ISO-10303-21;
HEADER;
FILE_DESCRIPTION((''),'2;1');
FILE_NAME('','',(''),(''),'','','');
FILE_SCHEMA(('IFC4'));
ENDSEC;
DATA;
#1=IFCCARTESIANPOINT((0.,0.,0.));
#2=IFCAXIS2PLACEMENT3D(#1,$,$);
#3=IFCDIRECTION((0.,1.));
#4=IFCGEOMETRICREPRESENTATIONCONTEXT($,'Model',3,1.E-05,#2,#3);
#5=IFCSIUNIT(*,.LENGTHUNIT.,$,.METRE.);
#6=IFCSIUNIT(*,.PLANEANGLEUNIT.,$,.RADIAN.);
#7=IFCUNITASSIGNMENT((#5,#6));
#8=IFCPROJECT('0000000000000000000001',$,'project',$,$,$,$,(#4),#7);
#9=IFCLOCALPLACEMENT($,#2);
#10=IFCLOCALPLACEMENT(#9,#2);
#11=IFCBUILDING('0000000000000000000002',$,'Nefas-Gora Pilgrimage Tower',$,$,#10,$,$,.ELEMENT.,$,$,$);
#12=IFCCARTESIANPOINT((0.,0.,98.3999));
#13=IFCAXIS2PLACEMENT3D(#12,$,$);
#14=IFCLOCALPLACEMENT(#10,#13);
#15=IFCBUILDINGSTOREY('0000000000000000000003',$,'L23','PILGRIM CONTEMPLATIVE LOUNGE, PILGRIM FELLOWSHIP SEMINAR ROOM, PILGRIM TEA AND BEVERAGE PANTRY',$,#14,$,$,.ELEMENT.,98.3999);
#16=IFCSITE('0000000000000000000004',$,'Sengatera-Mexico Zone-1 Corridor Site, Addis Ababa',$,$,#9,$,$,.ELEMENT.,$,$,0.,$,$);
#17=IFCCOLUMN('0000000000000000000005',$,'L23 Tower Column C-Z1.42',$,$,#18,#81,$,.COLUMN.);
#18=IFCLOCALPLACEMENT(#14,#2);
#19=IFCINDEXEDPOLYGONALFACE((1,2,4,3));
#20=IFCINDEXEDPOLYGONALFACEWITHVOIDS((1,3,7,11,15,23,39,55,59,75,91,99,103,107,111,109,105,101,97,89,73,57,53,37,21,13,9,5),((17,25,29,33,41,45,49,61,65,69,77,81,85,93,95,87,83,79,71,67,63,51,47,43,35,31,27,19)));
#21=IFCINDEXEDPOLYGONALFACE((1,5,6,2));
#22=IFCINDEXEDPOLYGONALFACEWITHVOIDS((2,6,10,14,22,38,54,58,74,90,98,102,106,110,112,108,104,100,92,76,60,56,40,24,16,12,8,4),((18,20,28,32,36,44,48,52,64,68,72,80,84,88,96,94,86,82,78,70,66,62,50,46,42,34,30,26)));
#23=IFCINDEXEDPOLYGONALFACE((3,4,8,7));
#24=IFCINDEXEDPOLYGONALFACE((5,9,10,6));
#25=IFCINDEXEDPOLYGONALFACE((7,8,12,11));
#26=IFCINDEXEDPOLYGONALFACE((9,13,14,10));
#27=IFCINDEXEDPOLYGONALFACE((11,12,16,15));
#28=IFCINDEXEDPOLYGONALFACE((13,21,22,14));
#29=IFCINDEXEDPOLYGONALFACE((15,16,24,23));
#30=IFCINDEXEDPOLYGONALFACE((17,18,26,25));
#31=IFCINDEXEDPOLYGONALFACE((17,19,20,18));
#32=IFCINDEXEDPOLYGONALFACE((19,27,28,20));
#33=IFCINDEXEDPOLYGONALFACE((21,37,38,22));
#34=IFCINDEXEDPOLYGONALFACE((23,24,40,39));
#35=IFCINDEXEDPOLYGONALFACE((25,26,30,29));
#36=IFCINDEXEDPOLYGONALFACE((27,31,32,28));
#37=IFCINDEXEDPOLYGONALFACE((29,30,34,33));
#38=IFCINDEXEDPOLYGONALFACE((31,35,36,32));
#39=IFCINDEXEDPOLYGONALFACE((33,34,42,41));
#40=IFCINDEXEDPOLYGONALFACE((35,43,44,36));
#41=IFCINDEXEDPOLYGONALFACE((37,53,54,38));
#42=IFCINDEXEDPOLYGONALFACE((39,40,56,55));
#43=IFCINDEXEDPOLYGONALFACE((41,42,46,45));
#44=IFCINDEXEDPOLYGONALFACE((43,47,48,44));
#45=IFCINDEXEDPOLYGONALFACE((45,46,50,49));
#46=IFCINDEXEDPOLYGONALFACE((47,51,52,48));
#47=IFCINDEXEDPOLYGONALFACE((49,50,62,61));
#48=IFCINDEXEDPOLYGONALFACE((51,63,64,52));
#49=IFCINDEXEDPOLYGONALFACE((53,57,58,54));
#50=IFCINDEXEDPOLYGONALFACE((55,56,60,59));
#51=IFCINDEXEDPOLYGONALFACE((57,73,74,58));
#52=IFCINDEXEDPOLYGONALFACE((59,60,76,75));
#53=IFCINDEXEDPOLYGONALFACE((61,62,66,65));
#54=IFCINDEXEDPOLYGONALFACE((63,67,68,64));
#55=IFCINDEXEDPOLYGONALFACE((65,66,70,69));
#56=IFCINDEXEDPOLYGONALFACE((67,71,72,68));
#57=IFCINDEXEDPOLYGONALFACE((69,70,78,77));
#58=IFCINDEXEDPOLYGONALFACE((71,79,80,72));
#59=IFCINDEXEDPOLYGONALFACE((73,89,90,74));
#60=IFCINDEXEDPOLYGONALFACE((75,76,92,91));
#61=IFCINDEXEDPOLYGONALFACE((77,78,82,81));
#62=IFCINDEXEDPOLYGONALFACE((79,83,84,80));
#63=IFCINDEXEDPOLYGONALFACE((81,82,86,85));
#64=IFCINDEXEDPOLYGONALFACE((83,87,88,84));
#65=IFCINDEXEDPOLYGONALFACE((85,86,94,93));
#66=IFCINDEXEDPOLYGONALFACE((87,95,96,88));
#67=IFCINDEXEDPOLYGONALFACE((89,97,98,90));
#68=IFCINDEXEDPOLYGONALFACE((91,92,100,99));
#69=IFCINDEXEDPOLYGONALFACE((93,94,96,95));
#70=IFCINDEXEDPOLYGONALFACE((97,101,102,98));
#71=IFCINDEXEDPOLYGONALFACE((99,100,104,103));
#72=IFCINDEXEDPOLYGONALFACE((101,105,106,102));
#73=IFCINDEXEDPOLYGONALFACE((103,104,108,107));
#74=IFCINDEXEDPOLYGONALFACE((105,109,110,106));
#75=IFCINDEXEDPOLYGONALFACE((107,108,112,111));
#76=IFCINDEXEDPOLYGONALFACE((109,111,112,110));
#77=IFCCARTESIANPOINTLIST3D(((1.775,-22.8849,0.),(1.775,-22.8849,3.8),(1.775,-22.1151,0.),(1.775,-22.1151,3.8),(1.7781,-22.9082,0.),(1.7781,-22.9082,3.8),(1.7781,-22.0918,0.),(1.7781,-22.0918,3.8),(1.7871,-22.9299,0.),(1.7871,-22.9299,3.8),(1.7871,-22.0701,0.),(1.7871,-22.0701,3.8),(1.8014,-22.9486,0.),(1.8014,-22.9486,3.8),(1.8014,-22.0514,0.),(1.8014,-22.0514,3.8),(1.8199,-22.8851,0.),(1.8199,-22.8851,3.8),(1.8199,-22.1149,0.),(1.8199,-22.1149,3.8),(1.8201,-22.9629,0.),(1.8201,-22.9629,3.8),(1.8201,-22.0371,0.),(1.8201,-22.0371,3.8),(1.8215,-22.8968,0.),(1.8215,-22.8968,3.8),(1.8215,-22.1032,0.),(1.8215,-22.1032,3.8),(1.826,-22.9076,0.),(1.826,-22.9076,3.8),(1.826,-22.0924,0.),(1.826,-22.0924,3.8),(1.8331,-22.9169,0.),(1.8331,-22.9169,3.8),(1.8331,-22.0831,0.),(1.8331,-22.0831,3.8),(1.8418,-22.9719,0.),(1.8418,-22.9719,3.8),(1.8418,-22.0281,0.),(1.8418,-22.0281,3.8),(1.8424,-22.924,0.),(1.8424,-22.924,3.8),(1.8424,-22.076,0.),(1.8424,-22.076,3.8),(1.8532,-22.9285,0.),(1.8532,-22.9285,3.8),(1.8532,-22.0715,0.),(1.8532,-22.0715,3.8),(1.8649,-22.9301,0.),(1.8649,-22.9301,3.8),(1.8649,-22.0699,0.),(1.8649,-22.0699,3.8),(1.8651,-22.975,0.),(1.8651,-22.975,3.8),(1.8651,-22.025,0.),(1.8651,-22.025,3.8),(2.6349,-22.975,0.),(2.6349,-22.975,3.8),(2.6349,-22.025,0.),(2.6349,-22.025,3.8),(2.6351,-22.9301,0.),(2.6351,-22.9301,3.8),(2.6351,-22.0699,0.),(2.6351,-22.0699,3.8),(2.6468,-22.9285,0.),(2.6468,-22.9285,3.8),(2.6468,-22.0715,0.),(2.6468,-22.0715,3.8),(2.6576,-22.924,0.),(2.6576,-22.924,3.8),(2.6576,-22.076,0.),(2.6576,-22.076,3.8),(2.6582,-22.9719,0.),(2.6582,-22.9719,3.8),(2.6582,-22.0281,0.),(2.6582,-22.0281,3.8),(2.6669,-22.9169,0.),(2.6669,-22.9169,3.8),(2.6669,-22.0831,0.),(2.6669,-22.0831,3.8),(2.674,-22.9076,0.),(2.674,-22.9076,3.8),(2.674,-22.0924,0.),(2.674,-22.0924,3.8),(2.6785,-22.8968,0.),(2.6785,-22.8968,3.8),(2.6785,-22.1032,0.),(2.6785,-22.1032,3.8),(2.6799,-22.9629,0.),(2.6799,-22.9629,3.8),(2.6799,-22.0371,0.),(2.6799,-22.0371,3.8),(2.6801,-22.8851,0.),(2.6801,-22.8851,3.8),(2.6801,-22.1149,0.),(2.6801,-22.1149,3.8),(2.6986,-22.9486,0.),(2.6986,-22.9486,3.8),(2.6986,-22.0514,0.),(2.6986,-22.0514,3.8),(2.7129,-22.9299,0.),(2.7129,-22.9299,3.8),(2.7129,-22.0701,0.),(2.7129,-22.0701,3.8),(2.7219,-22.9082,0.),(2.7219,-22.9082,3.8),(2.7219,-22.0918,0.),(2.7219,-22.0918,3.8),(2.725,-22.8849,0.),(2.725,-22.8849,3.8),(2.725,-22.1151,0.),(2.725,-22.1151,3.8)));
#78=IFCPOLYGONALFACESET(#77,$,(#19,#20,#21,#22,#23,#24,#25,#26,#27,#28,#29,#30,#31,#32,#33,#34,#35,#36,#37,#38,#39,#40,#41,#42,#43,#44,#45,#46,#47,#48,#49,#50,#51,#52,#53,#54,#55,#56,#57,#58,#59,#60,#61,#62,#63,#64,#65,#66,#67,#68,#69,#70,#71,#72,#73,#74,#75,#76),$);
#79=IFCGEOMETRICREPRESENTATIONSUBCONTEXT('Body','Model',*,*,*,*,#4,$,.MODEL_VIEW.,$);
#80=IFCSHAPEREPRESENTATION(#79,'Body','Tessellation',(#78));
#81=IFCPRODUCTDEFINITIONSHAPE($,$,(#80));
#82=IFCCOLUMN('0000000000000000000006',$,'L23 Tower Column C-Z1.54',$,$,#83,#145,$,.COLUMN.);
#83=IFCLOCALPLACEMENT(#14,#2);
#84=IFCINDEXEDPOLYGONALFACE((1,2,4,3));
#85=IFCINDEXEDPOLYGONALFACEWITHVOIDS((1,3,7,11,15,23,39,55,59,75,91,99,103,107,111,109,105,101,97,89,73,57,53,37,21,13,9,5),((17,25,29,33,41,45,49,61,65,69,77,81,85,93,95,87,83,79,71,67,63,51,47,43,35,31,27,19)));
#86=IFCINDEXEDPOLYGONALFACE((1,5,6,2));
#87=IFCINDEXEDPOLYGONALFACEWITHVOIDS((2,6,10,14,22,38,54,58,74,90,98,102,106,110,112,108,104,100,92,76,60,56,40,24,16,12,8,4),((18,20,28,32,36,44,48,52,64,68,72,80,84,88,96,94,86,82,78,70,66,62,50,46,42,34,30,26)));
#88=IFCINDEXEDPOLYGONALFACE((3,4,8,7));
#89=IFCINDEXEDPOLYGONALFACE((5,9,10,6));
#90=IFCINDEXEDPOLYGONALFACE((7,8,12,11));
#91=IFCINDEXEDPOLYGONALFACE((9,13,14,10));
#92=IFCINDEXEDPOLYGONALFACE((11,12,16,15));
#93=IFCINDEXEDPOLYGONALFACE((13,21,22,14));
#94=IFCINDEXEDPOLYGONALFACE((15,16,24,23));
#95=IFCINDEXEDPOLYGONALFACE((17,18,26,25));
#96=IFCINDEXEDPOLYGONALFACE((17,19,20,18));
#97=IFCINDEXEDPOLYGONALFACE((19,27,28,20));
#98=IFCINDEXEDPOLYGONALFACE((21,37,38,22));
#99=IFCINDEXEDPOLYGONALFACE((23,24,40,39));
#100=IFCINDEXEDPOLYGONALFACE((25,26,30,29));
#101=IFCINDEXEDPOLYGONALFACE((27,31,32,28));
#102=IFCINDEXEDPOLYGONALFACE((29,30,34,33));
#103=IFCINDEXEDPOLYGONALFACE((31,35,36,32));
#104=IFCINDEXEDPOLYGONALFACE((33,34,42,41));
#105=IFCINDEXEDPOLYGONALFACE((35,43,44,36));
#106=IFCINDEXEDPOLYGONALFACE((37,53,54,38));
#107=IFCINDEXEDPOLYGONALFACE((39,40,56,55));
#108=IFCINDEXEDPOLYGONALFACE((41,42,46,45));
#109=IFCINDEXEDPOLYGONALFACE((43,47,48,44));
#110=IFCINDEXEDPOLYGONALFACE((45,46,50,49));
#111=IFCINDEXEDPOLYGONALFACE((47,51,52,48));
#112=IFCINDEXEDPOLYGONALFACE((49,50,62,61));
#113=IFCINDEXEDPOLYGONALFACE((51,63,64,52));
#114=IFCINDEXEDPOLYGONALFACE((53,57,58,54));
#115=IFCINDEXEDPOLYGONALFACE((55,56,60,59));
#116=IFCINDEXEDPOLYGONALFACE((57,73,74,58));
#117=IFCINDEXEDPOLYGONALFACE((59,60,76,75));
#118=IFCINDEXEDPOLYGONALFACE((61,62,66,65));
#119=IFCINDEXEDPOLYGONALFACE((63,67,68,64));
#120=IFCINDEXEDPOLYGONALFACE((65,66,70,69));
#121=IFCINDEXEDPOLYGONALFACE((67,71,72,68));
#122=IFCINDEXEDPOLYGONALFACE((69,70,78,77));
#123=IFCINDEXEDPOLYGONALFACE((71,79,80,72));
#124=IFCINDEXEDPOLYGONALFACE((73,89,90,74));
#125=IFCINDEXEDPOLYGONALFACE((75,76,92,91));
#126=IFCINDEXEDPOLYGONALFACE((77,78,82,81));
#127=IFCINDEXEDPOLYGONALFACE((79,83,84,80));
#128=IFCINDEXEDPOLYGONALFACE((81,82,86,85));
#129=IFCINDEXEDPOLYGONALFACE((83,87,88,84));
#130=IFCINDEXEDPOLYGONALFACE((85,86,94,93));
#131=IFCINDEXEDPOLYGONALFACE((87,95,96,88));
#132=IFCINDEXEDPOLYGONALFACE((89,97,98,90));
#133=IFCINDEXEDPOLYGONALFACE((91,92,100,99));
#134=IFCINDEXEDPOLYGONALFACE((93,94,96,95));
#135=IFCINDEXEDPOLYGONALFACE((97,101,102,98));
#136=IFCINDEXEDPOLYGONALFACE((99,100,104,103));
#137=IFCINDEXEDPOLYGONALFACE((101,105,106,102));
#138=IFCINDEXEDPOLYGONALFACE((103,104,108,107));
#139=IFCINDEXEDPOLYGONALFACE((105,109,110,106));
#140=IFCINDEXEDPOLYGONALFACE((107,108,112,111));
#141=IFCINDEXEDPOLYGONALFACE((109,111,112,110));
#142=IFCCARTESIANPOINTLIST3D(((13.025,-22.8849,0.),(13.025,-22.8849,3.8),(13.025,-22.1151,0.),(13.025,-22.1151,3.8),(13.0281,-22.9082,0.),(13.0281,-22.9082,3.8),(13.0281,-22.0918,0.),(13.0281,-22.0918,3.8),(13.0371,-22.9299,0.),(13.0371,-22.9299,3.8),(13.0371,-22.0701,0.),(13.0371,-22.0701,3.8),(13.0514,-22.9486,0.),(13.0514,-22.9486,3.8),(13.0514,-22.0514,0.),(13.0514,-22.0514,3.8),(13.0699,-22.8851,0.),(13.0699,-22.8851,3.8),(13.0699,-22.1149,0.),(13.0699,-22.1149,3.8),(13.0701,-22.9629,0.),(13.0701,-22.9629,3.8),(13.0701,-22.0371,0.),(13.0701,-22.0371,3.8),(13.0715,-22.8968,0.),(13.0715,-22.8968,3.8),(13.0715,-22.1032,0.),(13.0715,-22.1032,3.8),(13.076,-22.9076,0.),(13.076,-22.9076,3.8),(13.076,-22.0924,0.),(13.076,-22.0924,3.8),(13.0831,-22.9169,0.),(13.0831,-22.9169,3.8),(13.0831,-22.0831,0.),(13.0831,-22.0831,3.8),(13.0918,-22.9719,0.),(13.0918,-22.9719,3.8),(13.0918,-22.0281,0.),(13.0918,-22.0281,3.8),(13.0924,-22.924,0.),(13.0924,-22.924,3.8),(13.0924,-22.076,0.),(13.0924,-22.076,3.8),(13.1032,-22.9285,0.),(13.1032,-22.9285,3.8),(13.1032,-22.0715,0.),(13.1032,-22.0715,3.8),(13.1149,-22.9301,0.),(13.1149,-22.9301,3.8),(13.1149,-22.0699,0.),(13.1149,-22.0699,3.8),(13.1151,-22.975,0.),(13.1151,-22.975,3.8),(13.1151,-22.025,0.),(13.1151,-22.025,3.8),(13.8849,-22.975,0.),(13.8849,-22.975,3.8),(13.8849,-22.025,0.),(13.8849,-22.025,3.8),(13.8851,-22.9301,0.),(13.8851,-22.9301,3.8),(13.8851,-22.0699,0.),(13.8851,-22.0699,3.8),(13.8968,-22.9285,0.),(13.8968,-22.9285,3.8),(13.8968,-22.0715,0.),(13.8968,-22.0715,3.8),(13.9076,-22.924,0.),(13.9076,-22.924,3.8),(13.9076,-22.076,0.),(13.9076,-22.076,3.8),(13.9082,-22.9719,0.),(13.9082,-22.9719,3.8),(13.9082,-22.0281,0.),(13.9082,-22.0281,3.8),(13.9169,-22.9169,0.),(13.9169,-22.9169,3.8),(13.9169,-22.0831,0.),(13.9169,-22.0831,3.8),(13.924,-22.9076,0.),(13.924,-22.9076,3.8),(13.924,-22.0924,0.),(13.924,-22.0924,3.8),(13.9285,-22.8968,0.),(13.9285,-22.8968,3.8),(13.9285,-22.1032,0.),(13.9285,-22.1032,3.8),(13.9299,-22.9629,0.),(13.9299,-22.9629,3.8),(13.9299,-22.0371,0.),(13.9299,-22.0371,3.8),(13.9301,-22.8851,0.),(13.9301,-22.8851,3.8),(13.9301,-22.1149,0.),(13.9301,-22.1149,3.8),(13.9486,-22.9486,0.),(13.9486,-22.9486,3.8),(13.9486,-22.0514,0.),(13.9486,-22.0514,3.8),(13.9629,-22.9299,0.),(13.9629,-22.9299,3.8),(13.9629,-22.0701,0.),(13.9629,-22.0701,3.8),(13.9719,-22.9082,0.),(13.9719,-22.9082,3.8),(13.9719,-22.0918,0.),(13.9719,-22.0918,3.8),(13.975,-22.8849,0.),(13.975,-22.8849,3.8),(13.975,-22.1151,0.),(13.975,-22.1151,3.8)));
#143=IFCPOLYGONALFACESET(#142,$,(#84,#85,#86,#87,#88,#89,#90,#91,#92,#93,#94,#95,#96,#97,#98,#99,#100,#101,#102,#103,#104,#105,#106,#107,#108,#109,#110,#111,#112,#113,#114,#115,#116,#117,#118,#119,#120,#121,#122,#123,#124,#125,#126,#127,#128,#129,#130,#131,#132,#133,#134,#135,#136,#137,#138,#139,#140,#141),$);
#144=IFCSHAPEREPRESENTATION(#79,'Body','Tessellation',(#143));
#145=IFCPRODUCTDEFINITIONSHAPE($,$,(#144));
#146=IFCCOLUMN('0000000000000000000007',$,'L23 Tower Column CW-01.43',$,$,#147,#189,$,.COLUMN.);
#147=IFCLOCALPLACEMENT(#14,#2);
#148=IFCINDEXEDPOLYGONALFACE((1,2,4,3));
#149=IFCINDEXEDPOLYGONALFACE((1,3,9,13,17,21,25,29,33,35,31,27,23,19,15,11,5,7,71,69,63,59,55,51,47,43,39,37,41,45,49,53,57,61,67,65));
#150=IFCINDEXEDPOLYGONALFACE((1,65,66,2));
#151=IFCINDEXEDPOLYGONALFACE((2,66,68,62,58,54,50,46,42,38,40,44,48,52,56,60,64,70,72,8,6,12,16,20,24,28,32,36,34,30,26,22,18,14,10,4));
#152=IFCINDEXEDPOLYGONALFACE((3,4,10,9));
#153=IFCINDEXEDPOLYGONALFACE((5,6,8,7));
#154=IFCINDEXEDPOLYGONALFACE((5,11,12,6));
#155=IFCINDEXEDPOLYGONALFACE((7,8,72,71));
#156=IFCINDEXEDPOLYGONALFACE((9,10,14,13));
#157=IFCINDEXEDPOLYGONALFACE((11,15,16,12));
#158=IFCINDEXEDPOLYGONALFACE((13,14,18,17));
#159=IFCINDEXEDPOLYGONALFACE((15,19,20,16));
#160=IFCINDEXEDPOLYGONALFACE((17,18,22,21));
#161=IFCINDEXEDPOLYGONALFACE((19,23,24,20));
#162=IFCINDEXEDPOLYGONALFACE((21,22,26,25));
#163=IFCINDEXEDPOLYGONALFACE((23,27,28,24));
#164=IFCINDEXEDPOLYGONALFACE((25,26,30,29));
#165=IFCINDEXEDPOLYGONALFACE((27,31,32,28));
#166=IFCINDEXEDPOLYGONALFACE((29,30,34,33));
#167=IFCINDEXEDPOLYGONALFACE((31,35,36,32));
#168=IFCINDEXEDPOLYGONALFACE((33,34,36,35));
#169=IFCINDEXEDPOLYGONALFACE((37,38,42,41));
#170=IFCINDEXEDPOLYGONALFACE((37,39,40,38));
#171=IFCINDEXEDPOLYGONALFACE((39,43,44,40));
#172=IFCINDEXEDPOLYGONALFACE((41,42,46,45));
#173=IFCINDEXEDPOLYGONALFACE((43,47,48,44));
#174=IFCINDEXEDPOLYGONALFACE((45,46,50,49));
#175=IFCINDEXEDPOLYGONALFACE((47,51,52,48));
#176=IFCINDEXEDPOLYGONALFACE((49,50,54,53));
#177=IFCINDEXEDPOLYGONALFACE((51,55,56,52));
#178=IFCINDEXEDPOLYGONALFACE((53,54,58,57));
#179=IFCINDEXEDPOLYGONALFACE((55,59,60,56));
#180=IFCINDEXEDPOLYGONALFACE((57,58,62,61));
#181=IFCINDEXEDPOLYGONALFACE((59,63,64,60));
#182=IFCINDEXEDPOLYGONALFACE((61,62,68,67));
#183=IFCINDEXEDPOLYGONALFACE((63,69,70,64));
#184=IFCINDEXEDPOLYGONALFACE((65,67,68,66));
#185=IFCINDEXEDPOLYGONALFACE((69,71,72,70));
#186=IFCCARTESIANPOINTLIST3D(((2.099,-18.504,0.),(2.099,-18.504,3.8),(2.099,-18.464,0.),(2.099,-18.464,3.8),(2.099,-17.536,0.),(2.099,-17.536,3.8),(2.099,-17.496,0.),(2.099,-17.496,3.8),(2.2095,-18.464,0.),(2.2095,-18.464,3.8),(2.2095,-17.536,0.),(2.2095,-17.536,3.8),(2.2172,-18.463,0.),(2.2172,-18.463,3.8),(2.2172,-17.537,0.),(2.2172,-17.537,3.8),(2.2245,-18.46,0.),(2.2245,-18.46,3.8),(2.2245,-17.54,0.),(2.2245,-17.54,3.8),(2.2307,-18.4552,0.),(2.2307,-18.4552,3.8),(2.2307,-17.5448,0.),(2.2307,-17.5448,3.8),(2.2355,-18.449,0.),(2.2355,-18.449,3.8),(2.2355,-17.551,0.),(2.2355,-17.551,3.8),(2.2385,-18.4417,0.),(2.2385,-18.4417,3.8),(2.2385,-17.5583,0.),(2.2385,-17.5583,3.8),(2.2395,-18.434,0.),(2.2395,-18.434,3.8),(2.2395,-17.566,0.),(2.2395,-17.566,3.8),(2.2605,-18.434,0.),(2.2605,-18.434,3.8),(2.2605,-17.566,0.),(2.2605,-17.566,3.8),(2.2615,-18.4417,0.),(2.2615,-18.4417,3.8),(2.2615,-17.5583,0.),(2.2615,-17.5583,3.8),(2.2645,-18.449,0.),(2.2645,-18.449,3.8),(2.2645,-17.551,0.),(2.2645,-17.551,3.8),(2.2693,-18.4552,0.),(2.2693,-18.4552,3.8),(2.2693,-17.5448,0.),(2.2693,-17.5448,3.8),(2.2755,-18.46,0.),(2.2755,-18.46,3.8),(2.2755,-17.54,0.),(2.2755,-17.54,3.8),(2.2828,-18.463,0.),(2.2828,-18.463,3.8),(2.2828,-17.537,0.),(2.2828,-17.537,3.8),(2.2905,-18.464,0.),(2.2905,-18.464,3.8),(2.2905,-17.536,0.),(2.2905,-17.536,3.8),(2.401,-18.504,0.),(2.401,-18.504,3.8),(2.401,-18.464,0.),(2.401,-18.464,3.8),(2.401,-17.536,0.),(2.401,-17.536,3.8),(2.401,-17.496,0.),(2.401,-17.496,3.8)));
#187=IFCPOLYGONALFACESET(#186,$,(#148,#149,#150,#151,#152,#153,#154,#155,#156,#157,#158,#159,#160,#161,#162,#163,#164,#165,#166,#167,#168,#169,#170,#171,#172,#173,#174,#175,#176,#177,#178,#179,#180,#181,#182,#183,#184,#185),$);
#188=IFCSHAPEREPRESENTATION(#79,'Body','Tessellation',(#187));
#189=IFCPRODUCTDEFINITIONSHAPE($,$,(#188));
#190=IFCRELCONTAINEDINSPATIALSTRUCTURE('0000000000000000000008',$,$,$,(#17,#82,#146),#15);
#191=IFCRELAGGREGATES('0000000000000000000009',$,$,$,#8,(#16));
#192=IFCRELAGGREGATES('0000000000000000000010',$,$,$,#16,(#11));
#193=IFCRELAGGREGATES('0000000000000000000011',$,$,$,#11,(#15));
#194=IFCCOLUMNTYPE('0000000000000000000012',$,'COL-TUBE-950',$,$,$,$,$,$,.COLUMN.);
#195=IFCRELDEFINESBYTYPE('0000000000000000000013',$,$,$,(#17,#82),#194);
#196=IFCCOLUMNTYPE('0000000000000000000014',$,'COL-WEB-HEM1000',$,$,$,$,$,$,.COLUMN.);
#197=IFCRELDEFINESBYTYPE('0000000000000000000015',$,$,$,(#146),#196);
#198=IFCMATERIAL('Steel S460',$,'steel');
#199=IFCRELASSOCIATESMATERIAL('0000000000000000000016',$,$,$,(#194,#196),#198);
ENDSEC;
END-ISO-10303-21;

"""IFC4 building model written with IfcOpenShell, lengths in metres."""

from ifc_helpers import new_model, si_unit, direction, frame, origin, origin_2d, place, context, subcontext, project, spatial, hollow_rectangle, i_section, extrude, source, transform, mapped, material, material_profile, profile_set, type_object, element, save


model = new_model("IFC4")

# Units and contexts
model_context = context("Model", 3, precision=1e-05, world=origin(), true_north=direction((0.0, 1.0)))
body_context = subcontext(model_context, "Body", "Model", "MODEL_VIEW")
ifc_project = project(units=[si_unit("LENGTHUNIT", "METRE"), si_unit("PLANEANGLEUNIT", "RADIAN")], contexts=[model_context])

# Site, building, storey
site_placement = place(None, origin())
site = spatial("IfcSite", under=ifc_project, at=site_placement, Name="Sengatera-Mexico Zone-1 Corridor Site, Addis Ababa", CompositionType="ELEMENT", RefElevation=0.0)
building_placement = place(site_placement, origin())
building = spatial("IfcBuilding", under=site, at=building_placement, Name="Nefas-Gora Pilgrimage Tower", CompositionType="ELEMENT")
storey_placement = place(building_placement, frame((0.0, 0.0, 98.3999)))
storey = spatial("IfcBuildingStorey", under=building, at=storey_placement, Name="L23", Description="PILGRIM CONTEMPLATIVE LOUNGE, PILGRIM FELLOWSHIP SEMINAR ROOM, PILGRIM TEA AND BEVERAGE PANTRY", CompositionType="ELEMENT", Elevation=98.3999)

# Columns
ifc_material_1 = material(Name="Steel S460", Category="steel")
ifc_material_profile_1 = material_profile(ifc_material_1, hollow_rectangle(XDim=0.95, YDim=0.95, WallThickness=0.0449, InnerFilletRadius=0.0449, OuterFilletRadius=0.0901, at=origin_2d()), Name="BOX 950x950x45")
ifc_profile_set_1 = profile_set([ifc_material_profile_1], Name="Steel S460")
column_type_1 = type_object("IfcColumnType", Name="COL-TUBE-950", PredefinedType="COLUMN", material=ifc_profile_set_1)
shared_shape_1 = source(origin(), body_context, "Body", "SweptSolid", [
    extrude(hollow_rectangle(XDim=0.95, YDim=0.95, WallThickness=0.0449, InnerFilletRadius=0.0449, OuterFilletRadius=0.0901, at=origin_2d()), origin(), (0.0, 0.0, 1.0), 3.8),
])
for number, where, z_axis, x_axis, name in (
    (1, (2.25, -22.5, 0.0), (0.0, 0.0, 1.0), (1.0, 0.0, 0.0), "L23 Tower Column C-Z1.42"),
    (2, (13.5, -22.5, 0.0), (0.0, 0.0, 1.0), (1.0, 0.0, 0.0), "L23 Tower Column C-Z1.54"),
):
    element("IfcColumn", number, at=place(storey_placement, frame(where, z_axis=z_axis, x_axis=x_axis)), inside=storey, type_object=column_type_1, Name=name, PredefinedType="COLUMN", context=body_context, shape_type="MappedRepresentation", body=[
        mapped(shared_shape_1, transform((0.0, 0.0, 0.0), x_axis=(1.0, 0.0, 0.0), y_axis=(0.0, 1.0, 0.0), z_axis=(0.0, 0.0, 1.0), scale=1.0)),
    ])
ifc_material_profile_2 = material_profile(ifc_material_1, i_section(OverallWidth=0.302, OverallDepth=1.0081, WebThickness=0.021, FlangeThickness=0.04, FilletRadius=0.03, at=origin_2d()), Name="HEM 1000")
ifc_profile_set_2 = profile_set([ifc_material_profile_2], Name="Steel S460")
column_type_2 = type_object("IfcColumnType", Name="COL-WEB-HEM1000", PredefinedType="COLUMN", material=ifc_profile_set_2)
shared_shape_2 = source(origin(), body_context, "Body", "SweptSolid", [
    extrude(i_section(OverallWidth=0.302, OverallDepth=1.0081, WebThickness=0.021, FlangeThickness=0.04, FilletRadius=0.03, at=origin_2d()), origin(), (0.0, 0.0, 1.0), 3.8),
])
for number, where, z_axis, x_axis, name in (
    (3, (2.25, -18.0, 0.0), (0.0, 0.0, 1.0), (1.0, 0.0, 0.0), "L23 Tower Column CW-01.43"),
):
    element("IfcColumn", number, at=place(storey_placement, frame(where, z_axis=z_axis, x_axis=x_axis)), inside=storey, type_object=column_type_2, Name=name, PredefinedType="COLUMN", context=body_context, shape_type="MappedRepresentation", body=[
        mapped(shared_shape_2, transform((0.0, 0.0, 0.0), x_axis=(1.0, 0.0, 0.0), y_axis=(0.0, 1.0, 0.0), z_axis=(0.0, 0.0, 1.0), scale=1.0)),
    ])

save(model, "model.ifc")
